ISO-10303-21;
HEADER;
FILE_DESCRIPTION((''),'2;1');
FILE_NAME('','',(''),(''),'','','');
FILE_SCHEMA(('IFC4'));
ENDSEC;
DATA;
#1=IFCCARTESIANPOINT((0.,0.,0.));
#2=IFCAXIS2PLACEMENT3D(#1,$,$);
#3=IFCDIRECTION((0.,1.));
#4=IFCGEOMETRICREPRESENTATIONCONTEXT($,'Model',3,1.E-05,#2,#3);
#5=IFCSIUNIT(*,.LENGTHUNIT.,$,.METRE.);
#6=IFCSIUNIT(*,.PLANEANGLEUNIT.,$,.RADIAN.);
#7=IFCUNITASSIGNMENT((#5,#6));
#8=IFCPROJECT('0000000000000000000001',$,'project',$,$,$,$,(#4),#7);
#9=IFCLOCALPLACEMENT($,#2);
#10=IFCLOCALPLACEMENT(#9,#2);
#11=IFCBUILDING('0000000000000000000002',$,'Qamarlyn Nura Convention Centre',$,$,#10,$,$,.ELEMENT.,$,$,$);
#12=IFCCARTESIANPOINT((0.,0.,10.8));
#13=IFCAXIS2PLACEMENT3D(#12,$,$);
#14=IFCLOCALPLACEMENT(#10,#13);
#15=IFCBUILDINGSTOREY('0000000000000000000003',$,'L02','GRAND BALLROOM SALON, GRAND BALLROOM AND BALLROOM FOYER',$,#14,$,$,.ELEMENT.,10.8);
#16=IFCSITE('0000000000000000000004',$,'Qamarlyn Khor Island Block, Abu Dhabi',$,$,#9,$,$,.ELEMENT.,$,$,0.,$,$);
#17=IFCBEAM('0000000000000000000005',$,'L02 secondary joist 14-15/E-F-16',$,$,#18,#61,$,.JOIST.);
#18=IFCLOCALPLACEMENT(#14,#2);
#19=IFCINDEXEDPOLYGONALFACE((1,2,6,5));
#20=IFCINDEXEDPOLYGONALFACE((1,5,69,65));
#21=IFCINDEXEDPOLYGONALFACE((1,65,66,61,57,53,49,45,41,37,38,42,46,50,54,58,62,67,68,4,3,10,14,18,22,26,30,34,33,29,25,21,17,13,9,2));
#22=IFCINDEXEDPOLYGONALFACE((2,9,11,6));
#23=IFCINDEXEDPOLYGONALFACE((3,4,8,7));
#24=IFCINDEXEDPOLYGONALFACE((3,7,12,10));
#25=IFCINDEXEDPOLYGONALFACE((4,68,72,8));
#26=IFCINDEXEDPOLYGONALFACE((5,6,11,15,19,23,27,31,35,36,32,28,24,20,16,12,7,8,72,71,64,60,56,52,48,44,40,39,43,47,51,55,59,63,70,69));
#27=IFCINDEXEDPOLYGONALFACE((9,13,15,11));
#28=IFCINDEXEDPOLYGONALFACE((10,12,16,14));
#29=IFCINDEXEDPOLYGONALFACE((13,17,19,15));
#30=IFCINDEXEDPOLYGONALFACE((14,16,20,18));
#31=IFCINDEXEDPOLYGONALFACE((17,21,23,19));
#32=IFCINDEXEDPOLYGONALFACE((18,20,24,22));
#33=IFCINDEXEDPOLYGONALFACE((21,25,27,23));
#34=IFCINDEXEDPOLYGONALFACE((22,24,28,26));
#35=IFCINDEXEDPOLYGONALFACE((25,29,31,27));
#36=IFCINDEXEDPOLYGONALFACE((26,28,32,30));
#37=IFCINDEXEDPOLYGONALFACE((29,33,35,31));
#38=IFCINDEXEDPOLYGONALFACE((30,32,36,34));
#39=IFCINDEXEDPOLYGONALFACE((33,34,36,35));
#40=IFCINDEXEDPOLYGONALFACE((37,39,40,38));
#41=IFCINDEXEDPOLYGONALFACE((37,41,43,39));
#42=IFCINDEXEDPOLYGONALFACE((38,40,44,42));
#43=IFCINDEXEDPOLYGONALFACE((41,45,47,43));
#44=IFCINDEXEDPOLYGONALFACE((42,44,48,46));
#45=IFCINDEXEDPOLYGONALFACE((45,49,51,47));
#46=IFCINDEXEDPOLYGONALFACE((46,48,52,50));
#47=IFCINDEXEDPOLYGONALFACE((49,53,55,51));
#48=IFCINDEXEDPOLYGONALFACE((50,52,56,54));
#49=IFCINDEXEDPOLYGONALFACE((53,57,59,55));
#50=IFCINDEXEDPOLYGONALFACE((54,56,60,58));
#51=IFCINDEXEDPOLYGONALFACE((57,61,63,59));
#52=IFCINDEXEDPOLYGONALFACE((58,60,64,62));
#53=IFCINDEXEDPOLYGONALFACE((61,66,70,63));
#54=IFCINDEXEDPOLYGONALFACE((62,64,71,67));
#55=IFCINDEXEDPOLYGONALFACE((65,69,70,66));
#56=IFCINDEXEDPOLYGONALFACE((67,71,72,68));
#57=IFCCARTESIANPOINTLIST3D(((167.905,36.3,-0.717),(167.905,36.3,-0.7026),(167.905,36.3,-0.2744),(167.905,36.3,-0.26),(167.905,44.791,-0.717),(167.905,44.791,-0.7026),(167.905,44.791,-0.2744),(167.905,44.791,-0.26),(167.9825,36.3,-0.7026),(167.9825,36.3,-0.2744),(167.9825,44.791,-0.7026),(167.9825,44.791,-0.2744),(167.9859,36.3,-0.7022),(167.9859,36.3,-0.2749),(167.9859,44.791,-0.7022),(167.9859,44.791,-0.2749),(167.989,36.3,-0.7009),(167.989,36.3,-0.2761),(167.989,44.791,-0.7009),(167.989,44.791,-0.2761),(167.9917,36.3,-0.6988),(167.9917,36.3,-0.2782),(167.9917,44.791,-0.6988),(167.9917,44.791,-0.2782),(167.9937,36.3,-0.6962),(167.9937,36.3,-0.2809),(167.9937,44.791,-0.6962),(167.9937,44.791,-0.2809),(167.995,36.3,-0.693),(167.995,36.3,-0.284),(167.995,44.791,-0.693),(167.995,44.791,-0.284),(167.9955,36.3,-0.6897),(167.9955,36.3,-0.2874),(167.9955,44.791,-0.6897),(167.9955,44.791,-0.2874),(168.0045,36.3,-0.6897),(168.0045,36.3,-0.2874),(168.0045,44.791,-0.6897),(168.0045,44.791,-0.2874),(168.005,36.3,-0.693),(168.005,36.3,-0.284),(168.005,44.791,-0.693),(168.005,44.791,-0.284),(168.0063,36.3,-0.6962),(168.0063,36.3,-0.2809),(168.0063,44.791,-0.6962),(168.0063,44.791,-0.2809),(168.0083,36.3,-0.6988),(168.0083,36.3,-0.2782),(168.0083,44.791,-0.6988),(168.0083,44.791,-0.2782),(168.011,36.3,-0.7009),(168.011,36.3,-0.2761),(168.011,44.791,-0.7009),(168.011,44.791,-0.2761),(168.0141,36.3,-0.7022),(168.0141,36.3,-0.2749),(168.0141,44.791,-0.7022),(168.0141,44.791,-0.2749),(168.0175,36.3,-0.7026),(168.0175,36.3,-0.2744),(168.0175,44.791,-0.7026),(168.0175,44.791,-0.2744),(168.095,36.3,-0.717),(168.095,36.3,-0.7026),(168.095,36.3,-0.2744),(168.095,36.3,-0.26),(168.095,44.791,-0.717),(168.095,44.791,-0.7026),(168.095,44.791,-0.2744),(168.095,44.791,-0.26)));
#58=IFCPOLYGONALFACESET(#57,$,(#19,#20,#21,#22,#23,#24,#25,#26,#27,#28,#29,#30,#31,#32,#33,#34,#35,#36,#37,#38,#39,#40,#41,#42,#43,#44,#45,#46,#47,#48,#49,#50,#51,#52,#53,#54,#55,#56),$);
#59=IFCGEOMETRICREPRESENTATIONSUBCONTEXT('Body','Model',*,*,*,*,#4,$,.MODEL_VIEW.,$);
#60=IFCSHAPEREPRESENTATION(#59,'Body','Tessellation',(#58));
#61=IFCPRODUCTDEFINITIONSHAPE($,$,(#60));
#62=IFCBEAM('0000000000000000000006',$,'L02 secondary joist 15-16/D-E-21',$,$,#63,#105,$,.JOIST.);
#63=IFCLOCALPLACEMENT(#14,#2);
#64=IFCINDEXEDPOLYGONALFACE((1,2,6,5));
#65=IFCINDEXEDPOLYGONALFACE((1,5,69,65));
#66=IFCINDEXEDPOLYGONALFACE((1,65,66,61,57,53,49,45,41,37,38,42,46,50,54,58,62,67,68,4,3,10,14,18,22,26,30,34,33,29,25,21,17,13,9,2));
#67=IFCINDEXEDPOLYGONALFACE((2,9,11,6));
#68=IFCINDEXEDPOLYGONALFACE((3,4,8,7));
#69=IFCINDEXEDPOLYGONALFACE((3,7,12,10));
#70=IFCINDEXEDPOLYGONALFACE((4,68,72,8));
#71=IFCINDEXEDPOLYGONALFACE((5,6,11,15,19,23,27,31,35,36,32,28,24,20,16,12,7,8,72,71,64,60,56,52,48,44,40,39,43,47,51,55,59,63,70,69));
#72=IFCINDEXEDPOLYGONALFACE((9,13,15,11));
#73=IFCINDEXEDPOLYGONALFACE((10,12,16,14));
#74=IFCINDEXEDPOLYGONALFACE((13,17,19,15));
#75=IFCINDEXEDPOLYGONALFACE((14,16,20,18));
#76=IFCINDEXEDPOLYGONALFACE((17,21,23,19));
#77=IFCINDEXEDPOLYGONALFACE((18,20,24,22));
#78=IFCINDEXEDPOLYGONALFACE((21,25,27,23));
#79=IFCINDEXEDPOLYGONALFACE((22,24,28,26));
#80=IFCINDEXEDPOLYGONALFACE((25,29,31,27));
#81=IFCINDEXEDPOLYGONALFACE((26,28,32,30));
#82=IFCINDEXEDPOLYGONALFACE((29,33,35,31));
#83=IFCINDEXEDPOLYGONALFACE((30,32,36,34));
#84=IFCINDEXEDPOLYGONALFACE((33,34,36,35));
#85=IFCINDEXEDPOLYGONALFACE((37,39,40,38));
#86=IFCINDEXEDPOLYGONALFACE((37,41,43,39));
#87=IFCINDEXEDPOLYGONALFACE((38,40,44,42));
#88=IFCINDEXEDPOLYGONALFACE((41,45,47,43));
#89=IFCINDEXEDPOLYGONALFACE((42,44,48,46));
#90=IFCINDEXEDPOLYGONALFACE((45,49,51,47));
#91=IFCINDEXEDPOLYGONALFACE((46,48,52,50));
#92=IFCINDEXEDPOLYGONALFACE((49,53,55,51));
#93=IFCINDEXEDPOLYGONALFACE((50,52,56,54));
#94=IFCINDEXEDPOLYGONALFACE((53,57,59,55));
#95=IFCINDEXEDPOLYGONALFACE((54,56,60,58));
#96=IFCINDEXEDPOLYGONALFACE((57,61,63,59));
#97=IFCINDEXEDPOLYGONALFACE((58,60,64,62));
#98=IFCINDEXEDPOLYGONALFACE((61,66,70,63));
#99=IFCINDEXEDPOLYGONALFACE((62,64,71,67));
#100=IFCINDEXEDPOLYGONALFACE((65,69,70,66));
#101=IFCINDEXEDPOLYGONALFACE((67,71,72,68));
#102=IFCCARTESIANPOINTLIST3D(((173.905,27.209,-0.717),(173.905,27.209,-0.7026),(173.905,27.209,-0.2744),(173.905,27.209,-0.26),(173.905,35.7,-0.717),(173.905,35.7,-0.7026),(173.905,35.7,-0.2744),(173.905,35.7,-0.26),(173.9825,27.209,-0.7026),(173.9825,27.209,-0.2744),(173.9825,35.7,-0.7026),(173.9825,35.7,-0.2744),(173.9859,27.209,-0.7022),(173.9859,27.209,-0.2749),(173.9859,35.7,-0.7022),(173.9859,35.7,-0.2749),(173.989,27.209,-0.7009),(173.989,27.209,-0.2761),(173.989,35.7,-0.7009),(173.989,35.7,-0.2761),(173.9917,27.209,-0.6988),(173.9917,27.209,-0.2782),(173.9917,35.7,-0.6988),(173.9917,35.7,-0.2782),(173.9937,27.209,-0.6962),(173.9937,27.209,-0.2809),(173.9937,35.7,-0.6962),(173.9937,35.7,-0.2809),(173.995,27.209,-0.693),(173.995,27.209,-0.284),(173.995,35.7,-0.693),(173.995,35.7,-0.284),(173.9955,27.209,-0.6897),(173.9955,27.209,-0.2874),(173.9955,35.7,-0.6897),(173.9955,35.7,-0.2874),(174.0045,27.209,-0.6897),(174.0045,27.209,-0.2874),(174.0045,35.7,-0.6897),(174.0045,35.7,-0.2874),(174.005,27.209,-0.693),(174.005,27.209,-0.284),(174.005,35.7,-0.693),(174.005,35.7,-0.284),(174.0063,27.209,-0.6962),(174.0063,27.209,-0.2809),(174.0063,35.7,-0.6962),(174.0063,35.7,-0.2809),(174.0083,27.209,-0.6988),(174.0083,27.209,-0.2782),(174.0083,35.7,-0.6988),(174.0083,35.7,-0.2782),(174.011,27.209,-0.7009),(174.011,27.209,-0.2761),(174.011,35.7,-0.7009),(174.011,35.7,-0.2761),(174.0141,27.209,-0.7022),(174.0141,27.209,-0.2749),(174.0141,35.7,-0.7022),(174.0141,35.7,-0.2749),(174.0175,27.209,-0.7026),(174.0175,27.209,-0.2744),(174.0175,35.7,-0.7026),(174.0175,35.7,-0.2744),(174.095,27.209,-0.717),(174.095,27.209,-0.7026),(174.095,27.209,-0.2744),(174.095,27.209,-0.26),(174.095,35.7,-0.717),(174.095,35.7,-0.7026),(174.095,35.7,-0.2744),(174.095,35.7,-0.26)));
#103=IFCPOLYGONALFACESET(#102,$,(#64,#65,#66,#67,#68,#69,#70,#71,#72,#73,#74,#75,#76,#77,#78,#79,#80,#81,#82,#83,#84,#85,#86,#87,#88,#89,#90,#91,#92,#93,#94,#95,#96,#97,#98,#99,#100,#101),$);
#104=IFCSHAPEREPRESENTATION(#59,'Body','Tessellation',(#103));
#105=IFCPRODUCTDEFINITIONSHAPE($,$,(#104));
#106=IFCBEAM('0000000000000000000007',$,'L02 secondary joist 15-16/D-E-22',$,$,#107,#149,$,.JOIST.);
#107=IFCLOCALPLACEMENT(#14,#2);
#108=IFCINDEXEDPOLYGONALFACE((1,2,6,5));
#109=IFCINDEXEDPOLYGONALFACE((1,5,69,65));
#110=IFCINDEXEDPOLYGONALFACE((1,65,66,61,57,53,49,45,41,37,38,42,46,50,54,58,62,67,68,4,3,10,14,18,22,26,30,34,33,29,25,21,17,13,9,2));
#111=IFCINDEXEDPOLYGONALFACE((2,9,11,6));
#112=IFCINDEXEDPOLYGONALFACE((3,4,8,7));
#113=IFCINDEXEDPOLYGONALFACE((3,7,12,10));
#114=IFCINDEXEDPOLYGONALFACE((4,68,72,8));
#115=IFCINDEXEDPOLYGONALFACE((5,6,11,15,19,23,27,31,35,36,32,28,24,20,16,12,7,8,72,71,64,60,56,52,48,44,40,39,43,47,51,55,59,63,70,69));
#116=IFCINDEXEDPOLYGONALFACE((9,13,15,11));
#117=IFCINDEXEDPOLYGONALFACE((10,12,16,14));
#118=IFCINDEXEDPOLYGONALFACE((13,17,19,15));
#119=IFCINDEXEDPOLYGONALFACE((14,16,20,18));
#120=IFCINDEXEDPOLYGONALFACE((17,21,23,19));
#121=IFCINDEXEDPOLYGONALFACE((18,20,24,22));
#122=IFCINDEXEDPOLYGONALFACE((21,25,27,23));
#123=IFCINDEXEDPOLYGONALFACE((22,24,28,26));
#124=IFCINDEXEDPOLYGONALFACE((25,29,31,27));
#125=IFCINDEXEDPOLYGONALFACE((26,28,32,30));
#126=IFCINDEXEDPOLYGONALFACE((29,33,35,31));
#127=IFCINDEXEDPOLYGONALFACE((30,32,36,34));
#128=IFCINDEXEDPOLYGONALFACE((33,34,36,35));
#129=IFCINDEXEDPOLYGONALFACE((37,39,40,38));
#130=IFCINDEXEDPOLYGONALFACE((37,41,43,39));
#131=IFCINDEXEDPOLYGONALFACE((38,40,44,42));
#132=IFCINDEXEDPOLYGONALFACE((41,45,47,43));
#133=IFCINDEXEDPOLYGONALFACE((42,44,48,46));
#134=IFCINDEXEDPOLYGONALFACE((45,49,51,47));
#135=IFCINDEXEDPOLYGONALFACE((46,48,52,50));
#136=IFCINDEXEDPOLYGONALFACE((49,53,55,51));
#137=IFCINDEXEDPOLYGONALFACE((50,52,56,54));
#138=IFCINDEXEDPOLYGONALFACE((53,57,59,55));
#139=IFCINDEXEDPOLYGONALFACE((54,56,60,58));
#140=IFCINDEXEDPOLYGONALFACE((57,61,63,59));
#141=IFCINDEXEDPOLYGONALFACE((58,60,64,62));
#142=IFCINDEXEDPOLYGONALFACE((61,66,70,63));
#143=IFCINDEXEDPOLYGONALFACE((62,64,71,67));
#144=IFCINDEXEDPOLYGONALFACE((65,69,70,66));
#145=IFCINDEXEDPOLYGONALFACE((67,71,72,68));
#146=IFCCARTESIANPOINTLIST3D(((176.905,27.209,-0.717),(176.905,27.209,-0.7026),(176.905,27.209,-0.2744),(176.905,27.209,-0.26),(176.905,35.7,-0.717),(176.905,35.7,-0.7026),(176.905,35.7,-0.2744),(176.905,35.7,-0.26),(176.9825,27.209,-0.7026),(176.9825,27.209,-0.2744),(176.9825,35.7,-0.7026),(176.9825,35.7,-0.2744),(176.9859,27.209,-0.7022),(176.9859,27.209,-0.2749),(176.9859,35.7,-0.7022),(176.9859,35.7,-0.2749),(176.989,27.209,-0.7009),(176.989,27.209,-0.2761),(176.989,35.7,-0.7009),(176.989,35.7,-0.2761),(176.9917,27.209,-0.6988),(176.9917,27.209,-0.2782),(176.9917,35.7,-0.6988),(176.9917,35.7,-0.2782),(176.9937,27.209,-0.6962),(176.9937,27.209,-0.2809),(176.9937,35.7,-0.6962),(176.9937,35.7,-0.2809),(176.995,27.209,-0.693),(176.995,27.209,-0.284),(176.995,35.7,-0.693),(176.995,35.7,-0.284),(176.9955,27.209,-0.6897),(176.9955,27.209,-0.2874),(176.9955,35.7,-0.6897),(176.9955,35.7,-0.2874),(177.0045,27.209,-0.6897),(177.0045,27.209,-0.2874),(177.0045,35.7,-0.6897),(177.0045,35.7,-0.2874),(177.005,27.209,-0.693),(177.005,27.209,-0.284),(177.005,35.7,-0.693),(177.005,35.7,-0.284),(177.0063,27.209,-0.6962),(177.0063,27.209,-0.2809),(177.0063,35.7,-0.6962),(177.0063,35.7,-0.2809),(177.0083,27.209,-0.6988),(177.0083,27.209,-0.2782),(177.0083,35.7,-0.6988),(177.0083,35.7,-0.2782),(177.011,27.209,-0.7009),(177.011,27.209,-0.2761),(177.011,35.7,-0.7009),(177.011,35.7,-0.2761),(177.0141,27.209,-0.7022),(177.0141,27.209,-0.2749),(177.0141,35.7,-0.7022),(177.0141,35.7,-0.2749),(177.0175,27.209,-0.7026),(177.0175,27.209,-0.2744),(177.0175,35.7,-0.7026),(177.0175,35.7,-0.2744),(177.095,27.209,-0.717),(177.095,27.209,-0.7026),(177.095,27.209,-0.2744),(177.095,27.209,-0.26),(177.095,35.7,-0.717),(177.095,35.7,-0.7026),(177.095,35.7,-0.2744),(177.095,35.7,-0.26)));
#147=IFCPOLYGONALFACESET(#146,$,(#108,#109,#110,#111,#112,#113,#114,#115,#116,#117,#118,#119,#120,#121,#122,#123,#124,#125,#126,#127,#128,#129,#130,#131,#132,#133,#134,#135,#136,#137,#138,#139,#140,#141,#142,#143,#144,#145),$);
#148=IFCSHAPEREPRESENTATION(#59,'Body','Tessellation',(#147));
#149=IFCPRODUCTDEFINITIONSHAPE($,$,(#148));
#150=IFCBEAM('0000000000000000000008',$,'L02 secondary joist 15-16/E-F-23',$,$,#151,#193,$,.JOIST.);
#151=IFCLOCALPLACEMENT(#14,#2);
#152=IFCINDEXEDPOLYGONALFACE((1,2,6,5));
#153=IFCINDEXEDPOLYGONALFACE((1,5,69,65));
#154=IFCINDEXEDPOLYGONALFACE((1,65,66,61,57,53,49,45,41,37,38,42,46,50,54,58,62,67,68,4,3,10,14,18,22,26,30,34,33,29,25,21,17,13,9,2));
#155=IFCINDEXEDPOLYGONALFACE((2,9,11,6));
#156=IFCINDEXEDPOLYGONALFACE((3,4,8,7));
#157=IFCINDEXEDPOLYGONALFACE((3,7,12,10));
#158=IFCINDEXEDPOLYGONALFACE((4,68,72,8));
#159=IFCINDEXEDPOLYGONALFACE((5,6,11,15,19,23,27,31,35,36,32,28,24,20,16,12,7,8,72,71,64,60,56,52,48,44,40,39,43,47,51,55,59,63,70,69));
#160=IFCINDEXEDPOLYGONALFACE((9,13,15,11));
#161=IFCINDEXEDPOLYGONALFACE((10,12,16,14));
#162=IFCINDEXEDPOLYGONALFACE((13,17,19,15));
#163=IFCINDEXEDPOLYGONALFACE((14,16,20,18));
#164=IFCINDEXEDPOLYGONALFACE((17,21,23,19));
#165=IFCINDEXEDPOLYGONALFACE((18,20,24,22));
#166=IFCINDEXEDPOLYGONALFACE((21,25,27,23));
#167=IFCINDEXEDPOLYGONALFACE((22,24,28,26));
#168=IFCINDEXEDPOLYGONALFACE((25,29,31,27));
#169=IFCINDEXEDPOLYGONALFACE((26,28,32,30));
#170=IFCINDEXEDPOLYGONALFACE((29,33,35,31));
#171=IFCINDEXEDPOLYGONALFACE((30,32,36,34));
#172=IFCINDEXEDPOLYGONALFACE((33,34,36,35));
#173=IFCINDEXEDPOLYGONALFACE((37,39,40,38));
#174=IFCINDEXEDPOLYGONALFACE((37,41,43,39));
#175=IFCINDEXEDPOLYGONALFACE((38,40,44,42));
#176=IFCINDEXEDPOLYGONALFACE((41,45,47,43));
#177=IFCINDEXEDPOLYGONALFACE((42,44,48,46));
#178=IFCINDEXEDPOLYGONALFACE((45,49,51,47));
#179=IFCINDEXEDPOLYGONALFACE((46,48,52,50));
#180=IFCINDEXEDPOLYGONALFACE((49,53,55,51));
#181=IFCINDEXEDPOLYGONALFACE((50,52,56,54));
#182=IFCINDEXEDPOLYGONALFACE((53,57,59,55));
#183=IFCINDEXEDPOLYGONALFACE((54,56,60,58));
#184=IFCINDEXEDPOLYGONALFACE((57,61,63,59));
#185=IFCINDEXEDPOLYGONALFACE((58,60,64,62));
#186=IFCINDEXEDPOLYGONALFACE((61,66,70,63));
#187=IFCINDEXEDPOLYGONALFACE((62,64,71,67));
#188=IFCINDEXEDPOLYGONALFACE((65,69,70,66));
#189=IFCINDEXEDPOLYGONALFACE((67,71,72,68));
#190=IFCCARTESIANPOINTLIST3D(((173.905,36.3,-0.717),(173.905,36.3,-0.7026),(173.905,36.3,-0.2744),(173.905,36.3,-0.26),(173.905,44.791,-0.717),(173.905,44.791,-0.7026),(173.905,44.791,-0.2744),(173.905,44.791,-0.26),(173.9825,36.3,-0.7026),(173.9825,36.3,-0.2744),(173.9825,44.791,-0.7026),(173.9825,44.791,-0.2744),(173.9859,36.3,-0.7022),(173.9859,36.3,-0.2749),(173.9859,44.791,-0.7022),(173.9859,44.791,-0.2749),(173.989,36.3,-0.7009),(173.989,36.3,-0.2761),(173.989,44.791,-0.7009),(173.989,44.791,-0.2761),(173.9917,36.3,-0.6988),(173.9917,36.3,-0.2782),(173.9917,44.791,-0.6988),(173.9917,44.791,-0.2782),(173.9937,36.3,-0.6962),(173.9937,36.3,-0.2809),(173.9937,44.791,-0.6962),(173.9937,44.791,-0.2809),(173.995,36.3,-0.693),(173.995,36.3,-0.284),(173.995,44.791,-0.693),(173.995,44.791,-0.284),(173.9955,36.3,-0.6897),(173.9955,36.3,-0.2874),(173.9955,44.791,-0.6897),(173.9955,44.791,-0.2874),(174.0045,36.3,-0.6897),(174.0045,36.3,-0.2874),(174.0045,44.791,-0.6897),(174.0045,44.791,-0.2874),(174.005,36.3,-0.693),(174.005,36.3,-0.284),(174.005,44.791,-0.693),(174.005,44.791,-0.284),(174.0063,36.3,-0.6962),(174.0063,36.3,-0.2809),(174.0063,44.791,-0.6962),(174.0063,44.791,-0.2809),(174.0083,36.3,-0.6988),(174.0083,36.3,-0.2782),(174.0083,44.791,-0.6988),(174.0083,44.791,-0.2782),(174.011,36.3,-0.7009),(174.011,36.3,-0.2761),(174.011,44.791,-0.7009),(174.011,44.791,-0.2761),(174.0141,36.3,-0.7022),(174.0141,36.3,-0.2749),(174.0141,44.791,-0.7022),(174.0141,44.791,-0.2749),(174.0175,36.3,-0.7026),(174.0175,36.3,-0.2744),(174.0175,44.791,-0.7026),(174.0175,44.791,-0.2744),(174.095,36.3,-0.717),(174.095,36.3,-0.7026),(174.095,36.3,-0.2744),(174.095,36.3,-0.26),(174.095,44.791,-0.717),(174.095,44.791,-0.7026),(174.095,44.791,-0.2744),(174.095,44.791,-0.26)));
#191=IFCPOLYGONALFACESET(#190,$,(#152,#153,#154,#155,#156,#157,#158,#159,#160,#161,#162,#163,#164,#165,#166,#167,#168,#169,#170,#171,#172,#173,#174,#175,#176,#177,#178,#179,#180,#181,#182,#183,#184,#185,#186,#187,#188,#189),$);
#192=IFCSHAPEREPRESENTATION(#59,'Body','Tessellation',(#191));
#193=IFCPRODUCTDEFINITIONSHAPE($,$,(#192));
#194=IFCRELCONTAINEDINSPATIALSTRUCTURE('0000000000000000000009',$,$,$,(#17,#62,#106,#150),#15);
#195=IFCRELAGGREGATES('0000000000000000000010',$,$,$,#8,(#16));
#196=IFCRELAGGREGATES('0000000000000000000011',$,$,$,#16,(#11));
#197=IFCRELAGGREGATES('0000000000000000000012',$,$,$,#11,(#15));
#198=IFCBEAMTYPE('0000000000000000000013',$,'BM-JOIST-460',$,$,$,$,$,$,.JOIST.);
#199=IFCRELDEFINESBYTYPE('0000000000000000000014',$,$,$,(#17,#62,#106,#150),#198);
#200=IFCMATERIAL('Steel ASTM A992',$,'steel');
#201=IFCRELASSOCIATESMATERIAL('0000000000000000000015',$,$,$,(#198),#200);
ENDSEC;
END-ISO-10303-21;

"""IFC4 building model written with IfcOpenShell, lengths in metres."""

from ifc_helpers import new_model, si_unit, direction, frame, origin, origin_2d, place, context, subcontext, project, spatial, i_section, extrude, material, material_profile, profile_set, type_object, element, save


model = new_model("IFC4")

# Units and contexts
model_context = context("Model", 3, precision=1e-05, world=origin(), true_north=direction((0.0, 1.0)))
body_context = subcontext(model_context, "Body", "Model", "MODEL_VIEW")
ifc_project = project(units=[si_unit("LENGTHUNIT", "METRE"), si_unit("PLANEANGLEUNIT", "RADIAN")], contexts=[model_context])

# Site, building, storey
site_placement = place(None, origin())
site = spatial("IfcSite", under=ifc_project, at=site_placement, Name="Qamarlyn Khor Island Block, Abu Dhabi", CompositionType="ELEMENT", RefElevation=0.0)
building_placement = place(site_placement, origin())
building = spatial("IfcBuilding", under=site, at=building_placement, Name="Qamarlyn Nura Convention Centre", CompositionType="ELEMENT")
storey_placement = place(building_placement, frame((0.0, 0.0, 10.8)))
storey = spatial("IfcBuildingStorey", under=building, at=storey_placement, Name="L02", Description="GRAND BALLROOM SALON, GRAND BALLROOM AND BALLROOM FOYER", CompositionType="ELEMENT", Elevation=10.8)

# Beams
ifc_material_1 = material(Name="Steel ASTM A992", Category="steel")
ifc_material_profile_1 = material_profile(ifc_material_1, i_section(OverallWidth=0.1899, OverallDepth=0.457, WebThickness=0.009, FlangeThickness=0.0144, FilletRadius=0.0129, at=origin_2d()), Name="W460X74")
ifc_profile_set_1 = profile_set([ifc_material_profile_1], Name="Steel ASTM A992")
beam_type = type_object("IfcBeamType", Name="BM-JOIST-460", PredefinedType="JOIST", material=ifc_profile_set_1)
for number, where, z_axis, x_axis, name in (
    (1, (168.0, 36.3, -0.4885), (0.0, 1.0, 0.0), (-1.0, 0.0, 0.0), "L02 secondary joist 14-15/E-F-16"),
    (2, (174.0, 27.209, -0.4885), (0.0, 1.0, 0.0), (-1.0, 0.0, 0.0), "L02 secondary joist 15-16/D-E-21"),
    (3, (177.0, 27.209, -0.4885), (0.0, 1.0, 0.0), (-1.0, 0.0, 0.0), "L02 secondary joist 15-16/D-E-22"),
    (4, (174.0, 36.3, -0.4885), (0.0, 1.0, 0.0), (-1.0, 0.0, 0.0), "L02 secondary joist 15-16/E-F-23"),
):
    element("IfcBeam", number, at=place(storey_placement, frame(where, z_axis=z_axis, x_axis=x_axis)), inside=storey, type_object=beam_type, Name=name, PredefinedType="JOIST", context=body_context, shape_type="SweptSolid", body=[
        extrude(i_section(OverallWidth=0.1899, OverallDepth=0.457, WebThickness=0.009, FlangeThickness=0.0144, FilletRadius=0.0129, at=origin_2d()), origin(), (0.0, 0.0, 1.0), 8.491),
    ])

save(model, "model.ifc")
